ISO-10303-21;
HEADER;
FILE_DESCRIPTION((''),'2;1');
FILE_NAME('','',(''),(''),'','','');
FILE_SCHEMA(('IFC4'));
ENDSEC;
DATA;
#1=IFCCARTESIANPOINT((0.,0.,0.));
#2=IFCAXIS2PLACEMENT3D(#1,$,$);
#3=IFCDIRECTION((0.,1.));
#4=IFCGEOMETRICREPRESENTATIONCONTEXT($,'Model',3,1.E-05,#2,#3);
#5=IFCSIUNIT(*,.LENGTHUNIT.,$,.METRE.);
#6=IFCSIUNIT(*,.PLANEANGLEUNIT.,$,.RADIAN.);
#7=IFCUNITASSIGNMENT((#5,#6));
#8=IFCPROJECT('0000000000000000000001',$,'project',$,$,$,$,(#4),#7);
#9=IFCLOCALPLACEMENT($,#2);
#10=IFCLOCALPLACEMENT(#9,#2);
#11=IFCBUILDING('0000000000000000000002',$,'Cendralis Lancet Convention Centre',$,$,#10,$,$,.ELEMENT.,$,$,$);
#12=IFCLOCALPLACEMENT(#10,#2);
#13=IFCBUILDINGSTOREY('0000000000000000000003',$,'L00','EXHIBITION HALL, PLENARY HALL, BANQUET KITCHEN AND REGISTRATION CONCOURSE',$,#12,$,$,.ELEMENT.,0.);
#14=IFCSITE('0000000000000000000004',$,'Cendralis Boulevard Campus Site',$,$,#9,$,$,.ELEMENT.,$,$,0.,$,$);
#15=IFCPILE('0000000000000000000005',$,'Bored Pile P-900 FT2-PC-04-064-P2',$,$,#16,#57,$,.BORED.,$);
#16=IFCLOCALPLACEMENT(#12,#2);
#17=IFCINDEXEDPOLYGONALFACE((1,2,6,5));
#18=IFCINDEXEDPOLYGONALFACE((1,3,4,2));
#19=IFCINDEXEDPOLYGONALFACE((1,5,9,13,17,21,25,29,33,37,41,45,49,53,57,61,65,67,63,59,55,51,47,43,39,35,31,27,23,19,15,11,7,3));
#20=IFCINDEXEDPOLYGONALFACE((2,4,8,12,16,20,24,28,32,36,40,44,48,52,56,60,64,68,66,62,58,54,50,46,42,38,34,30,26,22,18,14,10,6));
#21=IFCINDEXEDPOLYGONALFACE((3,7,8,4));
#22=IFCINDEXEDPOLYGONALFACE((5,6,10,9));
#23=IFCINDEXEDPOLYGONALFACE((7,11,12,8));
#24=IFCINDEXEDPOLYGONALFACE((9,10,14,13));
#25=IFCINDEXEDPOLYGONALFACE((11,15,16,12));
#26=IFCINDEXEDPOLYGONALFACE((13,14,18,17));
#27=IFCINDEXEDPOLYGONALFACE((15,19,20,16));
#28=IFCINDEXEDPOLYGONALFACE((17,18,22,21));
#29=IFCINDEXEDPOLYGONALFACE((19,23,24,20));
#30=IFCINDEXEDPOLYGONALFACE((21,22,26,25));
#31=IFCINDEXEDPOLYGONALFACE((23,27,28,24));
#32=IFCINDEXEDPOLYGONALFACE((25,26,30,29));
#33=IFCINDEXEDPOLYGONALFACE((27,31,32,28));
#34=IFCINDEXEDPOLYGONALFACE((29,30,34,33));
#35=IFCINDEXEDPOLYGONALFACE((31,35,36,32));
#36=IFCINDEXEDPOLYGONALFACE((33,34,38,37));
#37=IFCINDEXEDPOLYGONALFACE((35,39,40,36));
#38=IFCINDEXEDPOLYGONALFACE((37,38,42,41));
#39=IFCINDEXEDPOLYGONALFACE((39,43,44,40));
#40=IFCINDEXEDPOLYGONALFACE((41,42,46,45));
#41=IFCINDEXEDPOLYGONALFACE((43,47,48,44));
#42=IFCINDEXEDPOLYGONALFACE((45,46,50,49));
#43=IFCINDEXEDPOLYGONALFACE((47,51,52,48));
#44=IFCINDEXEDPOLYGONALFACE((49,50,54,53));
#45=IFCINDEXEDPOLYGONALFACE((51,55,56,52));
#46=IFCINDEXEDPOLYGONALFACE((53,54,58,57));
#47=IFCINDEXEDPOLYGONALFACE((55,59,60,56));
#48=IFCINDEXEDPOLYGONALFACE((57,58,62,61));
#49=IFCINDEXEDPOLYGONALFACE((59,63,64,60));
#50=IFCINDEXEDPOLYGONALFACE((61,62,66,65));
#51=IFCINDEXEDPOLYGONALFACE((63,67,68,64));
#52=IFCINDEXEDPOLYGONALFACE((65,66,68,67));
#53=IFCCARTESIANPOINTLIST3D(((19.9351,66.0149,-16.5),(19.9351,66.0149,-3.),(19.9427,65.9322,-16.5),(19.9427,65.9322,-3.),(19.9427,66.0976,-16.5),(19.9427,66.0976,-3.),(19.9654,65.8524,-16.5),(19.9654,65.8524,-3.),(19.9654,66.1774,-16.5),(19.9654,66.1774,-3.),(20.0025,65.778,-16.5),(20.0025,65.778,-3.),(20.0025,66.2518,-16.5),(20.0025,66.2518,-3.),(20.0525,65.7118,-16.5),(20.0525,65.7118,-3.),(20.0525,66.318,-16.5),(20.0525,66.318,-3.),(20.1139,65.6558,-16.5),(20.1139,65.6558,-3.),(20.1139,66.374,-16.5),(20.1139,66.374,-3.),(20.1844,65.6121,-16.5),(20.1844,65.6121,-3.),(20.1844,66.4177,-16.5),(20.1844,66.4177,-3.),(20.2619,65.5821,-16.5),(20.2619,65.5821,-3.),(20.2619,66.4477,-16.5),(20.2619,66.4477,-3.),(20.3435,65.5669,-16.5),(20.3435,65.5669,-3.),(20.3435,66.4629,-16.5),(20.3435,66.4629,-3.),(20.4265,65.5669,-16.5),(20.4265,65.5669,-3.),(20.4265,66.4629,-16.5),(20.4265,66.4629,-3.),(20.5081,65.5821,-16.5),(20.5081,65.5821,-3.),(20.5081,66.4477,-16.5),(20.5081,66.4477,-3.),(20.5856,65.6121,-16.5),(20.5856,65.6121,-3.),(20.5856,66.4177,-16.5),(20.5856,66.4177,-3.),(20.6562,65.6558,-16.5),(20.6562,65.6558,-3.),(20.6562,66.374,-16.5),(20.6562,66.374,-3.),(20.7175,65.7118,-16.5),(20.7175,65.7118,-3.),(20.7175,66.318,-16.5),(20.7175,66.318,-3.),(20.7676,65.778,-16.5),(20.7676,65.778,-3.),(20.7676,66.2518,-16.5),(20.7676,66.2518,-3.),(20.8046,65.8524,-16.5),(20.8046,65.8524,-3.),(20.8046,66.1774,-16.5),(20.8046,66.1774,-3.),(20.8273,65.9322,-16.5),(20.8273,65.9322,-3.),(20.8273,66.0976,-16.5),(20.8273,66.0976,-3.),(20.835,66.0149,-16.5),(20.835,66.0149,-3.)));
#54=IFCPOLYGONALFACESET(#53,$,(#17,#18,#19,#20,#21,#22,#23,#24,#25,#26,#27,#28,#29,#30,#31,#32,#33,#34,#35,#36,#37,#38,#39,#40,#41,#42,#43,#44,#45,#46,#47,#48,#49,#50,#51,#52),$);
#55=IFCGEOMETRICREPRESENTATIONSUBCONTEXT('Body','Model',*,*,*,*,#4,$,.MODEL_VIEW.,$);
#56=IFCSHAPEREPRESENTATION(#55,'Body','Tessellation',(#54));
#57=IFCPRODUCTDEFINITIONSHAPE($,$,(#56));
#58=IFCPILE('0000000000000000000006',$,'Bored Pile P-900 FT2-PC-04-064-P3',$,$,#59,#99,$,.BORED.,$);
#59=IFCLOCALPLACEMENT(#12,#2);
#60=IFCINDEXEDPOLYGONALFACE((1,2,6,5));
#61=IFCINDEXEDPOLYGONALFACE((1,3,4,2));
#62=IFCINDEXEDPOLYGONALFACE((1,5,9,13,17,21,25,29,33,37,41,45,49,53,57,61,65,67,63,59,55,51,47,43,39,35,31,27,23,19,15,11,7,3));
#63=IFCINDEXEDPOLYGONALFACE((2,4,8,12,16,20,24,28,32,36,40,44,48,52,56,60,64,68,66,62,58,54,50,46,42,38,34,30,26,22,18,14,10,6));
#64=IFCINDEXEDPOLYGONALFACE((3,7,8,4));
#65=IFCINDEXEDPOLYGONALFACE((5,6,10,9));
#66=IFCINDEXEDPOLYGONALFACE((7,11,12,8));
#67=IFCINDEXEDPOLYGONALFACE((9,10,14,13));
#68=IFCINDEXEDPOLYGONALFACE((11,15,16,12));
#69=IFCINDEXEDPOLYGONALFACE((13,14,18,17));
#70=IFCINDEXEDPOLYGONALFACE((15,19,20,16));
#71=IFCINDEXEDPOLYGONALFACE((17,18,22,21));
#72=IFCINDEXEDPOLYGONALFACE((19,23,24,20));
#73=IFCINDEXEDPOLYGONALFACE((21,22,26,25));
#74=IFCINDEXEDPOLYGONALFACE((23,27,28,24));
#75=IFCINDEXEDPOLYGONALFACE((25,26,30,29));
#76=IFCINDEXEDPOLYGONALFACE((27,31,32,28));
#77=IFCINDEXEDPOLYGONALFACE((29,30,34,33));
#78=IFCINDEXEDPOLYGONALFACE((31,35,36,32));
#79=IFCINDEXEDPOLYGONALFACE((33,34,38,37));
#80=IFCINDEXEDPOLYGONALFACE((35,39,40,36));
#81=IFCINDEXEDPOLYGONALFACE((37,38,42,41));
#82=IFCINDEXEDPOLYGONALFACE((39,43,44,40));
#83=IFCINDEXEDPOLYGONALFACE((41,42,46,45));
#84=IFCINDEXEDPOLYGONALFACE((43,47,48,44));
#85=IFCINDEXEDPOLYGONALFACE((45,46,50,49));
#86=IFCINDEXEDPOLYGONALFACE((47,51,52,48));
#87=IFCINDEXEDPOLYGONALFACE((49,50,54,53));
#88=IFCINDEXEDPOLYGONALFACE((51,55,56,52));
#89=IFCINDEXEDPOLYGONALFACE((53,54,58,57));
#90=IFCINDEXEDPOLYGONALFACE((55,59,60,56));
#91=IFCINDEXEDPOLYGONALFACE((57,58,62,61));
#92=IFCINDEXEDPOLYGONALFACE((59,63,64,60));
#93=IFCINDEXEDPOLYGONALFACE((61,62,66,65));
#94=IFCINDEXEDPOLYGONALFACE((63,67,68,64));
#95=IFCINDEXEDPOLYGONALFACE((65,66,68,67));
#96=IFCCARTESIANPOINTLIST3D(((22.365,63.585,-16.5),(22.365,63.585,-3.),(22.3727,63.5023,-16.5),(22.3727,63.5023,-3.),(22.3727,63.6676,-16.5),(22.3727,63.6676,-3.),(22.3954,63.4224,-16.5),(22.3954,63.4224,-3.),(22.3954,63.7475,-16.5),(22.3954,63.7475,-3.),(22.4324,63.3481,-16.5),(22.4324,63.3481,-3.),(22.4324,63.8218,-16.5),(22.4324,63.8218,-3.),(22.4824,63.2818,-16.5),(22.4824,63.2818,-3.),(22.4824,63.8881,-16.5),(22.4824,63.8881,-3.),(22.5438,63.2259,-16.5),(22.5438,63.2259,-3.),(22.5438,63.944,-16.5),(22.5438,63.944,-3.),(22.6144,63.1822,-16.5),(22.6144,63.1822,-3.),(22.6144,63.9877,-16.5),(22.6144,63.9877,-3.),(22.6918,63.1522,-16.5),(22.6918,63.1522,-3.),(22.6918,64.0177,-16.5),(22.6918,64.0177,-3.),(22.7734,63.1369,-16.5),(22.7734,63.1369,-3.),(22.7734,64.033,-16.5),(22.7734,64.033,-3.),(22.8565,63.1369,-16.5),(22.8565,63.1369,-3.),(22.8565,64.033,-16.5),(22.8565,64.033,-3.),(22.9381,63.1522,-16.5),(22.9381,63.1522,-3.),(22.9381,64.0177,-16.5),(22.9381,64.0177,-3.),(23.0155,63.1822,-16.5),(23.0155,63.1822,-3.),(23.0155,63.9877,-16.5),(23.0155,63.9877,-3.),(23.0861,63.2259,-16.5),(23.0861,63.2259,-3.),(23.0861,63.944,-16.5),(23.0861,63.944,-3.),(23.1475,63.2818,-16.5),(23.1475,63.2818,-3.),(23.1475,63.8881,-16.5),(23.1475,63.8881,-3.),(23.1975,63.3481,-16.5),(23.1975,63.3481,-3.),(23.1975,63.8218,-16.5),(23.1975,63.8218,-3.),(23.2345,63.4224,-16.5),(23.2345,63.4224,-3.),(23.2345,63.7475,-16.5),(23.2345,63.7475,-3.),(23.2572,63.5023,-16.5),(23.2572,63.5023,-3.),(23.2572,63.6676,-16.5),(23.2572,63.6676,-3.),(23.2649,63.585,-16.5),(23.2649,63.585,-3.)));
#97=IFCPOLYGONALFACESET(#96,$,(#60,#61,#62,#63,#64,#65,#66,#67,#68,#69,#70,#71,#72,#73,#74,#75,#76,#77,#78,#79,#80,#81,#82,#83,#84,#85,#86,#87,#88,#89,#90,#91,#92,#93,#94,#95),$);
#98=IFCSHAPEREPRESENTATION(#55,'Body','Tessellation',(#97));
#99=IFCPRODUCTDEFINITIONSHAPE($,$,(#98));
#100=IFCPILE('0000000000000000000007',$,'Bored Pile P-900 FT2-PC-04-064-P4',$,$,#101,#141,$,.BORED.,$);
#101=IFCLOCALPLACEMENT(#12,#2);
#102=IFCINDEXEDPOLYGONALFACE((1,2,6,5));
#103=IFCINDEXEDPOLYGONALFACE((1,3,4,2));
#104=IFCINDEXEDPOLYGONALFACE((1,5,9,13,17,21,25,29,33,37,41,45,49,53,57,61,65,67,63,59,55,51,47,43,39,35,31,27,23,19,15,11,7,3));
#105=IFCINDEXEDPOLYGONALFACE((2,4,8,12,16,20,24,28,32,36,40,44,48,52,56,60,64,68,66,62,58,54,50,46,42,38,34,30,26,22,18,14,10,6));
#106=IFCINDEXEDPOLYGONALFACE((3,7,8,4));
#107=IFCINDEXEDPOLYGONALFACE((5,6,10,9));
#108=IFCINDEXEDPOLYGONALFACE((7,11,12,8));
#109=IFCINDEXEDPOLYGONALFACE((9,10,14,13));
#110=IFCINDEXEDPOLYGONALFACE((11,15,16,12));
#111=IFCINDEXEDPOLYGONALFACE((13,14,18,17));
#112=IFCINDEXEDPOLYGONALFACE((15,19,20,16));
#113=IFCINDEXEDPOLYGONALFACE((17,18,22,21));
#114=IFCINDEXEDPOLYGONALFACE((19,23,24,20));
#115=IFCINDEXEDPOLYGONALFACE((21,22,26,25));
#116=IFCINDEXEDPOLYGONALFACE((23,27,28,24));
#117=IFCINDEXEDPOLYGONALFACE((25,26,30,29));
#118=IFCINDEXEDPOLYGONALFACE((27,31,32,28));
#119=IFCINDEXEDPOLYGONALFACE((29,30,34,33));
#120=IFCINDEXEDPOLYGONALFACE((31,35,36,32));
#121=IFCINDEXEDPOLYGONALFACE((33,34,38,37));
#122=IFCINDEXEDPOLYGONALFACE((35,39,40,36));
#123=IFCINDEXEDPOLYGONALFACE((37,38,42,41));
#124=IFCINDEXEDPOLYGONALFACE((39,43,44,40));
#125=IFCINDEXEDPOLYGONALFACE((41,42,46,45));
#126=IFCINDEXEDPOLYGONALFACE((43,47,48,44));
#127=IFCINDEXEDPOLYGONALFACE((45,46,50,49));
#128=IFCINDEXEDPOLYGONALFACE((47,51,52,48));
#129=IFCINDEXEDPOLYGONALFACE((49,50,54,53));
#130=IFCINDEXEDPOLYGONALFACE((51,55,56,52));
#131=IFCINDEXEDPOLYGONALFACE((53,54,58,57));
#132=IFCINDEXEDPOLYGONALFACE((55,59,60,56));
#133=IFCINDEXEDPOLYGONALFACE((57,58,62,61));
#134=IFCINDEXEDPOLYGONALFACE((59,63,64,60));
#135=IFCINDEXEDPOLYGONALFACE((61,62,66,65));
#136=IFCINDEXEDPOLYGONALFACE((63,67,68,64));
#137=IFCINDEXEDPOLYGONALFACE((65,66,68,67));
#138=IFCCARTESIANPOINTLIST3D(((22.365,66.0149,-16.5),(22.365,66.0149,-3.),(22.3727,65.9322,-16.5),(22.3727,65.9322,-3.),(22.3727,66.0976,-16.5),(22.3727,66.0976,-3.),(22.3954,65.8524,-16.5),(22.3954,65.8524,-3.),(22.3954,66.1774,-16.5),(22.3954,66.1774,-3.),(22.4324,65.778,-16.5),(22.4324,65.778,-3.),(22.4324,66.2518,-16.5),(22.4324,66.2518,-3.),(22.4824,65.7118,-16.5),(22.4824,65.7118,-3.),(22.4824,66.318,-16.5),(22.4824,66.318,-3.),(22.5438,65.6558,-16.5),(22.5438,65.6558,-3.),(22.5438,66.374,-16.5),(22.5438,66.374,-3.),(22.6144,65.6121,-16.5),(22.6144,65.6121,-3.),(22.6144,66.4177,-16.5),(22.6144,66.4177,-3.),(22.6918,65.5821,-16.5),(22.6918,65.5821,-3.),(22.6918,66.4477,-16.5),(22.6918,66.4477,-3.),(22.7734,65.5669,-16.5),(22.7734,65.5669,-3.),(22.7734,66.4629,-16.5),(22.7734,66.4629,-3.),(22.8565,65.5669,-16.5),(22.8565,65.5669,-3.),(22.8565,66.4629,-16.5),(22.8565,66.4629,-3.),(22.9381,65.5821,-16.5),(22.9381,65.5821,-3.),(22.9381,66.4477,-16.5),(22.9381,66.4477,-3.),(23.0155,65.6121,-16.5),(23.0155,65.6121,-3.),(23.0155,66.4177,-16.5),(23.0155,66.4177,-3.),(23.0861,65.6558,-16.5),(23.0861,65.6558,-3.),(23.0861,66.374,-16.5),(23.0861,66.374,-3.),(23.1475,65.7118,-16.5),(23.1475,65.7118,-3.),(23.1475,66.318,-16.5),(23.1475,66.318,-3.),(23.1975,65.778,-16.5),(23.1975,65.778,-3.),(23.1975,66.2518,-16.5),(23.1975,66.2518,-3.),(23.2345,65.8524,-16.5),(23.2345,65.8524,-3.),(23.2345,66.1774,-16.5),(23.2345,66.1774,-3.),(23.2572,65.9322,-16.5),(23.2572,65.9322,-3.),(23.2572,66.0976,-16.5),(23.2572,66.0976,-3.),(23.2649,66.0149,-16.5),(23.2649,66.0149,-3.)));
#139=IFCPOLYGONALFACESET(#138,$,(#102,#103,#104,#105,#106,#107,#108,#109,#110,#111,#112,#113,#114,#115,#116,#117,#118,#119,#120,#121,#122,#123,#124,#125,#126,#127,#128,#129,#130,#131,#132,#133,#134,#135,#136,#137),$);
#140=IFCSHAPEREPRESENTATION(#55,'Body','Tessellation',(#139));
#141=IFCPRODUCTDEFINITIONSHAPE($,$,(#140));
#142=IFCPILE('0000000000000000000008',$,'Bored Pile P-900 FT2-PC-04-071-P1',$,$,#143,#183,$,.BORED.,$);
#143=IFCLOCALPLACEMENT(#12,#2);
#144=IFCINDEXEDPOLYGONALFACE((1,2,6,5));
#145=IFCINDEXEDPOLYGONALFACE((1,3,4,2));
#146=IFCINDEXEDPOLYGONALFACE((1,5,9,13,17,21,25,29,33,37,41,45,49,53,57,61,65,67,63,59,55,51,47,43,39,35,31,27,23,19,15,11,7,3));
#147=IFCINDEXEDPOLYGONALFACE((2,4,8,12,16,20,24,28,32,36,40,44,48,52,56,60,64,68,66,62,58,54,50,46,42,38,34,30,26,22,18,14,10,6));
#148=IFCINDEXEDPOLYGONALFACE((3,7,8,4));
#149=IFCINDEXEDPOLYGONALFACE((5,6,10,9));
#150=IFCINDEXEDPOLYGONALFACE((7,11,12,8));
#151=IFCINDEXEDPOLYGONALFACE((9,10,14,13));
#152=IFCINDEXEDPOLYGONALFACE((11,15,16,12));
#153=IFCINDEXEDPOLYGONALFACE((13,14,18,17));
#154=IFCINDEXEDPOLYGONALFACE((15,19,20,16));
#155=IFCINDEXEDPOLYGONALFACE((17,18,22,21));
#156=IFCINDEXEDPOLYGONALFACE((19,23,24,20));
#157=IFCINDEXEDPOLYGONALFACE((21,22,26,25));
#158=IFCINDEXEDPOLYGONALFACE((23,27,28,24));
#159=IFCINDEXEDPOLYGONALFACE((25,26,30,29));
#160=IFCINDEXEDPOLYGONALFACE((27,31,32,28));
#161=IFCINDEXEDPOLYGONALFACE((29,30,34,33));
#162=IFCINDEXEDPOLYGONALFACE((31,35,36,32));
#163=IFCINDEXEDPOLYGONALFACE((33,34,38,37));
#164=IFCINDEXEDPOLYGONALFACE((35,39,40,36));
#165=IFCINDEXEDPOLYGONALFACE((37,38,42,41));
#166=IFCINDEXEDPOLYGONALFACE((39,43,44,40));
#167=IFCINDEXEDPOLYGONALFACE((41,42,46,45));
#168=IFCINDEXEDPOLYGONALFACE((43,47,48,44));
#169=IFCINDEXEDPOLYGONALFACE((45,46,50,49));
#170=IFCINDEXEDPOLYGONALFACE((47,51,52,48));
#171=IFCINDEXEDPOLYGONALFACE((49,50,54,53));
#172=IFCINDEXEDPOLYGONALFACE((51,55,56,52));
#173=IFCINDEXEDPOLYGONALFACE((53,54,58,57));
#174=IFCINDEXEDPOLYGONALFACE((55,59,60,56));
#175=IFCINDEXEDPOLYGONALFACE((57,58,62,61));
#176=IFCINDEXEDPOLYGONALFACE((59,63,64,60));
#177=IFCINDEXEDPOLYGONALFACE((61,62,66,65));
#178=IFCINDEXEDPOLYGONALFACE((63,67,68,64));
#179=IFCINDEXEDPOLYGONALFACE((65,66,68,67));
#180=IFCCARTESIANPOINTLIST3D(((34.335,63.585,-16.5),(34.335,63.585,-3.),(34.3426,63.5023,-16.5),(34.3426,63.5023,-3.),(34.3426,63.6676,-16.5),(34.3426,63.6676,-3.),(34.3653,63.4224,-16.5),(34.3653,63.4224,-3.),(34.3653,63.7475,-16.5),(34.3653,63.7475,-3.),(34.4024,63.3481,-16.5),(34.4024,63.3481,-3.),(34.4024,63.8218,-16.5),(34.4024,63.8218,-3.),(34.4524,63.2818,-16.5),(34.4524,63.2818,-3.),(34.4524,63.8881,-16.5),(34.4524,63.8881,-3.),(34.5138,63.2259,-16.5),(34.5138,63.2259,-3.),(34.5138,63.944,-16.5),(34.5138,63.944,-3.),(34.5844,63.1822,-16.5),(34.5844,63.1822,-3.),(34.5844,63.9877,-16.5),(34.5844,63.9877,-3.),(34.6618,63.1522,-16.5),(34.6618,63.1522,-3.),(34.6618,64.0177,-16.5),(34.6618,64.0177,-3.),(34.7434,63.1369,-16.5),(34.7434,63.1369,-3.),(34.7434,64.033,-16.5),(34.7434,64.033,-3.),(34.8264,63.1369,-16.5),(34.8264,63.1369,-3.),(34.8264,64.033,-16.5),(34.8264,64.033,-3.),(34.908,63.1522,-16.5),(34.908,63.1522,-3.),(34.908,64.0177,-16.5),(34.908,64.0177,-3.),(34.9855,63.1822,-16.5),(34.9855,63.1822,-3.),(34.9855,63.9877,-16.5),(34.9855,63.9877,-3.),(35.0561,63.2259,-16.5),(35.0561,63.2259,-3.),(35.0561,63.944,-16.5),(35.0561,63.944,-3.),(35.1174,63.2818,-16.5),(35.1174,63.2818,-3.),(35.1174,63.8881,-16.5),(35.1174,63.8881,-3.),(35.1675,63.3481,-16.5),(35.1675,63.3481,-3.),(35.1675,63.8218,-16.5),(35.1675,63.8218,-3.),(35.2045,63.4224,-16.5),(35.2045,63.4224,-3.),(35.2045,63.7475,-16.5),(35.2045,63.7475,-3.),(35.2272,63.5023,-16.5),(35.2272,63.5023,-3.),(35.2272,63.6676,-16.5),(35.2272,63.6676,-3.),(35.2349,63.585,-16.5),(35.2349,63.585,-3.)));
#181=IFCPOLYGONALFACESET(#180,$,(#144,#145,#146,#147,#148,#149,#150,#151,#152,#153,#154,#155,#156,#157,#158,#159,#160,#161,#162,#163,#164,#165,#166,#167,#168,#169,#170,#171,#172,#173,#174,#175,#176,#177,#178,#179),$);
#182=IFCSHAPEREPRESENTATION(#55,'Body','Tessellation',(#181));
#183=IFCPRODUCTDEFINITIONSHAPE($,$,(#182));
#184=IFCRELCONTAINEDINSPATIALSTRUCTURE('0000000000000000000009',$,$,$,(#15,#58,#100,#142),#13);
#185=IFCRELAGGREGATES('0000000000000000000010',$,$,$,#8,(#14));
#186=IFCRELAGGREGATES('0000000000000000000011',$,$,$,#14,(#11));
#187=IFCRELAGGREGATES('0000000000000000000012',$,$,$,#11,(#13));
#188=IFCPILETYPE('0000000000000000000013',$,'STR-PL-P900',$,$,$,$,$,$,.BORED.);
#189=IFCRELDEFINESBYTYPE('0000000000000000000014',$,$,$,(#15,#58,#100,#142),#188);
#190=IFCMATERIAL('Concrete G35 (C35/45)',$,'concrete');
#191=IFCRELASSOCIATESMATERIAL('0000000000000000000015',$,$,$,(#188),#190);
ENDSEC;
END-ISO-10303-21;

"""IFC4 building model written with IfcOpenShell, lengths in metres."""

from ifc_helpers import new_model, si_unit, direction, frame, origin, origin_2d, place, context, subcontext, project, spatial, circle, extrude, material, material_profile, profile_set, type_object, element, save


model = new_model("IFC4")

# Units and contexts
model_context = context("Model", 3, precision=1e-05, world=origin(), true_north=direction((0.0, 1.0)))
body_context = subcontext(model_context, "Body", "Model", "MODEL_VIEW")
ifc_project = project(units=[si_unit("LENGTHUNIT", "METRE"), si_unit("PLANEANGLEUNIT", "RADIAN")], contexts=[model_context])

# Site, building, storey
site_placement = place(None, origin())
site = spatial("IfcSite", under=ifc_project, at=site_placement, Name="Cendralis Boulevard Campus Site", CompositionType="ELEMENT", RefElevation=0.0)
building_placement = place(site_placement, origin())
building = spatial("IfcBuilding", under=site, at=building_placement, Name="Cendralis Lancet Convention Centre", CompositionType="ELEMENT")
storey_placement = place(building_placement, origin())
storey = spatial("IfcBuildingStorey", under=building, at=storey_placement, Name="L00", Description="EXHIBITION HALL, PLENARY HALL, BANQUET KITCHEN AND REGISTRATION CONCOURSE", CompositionType="ELEMENT", Elevation=0.0)

# Shared definitions
ifc_material_1 = material(Name="Concrete G35 (C35/45)", Category="concrete")

# Piles
ifc_material_profile_1 = material_profile(ifc_material_1, circle(Radius=0.45, at=origin_2d()), Name="BORED PILE D900")
ifc_profile_set_1 = profile_set([ifc_material_profile_1], Name="Concrete G35 (C35/45)")
pile_type_1 = type_object("IfcPileType", Name="STR-PL-P900", PredefinedType="BORED", material=ifc_profile_set_1)
for number, where, z_axis, x_axis, name in (
    (1, (20.385, 66.0149, -3.0), (0.0, 0.0, -1.0), (1.0, 0.0, 0.0), "Bored Pile P-900 FT2-PC-04-064-P2"),
    (2, (22.8149, 63.585, -3.0), (0.0, 0.0, -1.0), (1.0, 0.0, 0.0), "Bored Pile P-900 FT2-PC-04-064-P3"),
    (3, (22.8149, 66.0149, -3.0), (0.0, 0.0, -1.0), (1.0, 0.0, 0.0), "Bored Pile P-900 FT2-PC-04-064-P4"),
    (4, (34.7849, 63.585, -3.0), (0.0, 0.0, -1.0), (1.0, 0.0, 0.0), "Bored Pile P-900 FT2-PC-04-071-P1"),
):
    element("IfcPile", number, at=place(storey_placement, frame(where, z_axis=z_axis, x_axis=x_axis)), inside=storey, type_object=pile_type_1, Name=name, PredefinedType="BORED", context=body_context, shape_type="SweptSolid", body=[
        extrude(circle(Radius=0.45, at=origin_2d()), origin(), (0.0, 0.0, 1.0), 13.5),
    ])

save(model, "model.ifc")
